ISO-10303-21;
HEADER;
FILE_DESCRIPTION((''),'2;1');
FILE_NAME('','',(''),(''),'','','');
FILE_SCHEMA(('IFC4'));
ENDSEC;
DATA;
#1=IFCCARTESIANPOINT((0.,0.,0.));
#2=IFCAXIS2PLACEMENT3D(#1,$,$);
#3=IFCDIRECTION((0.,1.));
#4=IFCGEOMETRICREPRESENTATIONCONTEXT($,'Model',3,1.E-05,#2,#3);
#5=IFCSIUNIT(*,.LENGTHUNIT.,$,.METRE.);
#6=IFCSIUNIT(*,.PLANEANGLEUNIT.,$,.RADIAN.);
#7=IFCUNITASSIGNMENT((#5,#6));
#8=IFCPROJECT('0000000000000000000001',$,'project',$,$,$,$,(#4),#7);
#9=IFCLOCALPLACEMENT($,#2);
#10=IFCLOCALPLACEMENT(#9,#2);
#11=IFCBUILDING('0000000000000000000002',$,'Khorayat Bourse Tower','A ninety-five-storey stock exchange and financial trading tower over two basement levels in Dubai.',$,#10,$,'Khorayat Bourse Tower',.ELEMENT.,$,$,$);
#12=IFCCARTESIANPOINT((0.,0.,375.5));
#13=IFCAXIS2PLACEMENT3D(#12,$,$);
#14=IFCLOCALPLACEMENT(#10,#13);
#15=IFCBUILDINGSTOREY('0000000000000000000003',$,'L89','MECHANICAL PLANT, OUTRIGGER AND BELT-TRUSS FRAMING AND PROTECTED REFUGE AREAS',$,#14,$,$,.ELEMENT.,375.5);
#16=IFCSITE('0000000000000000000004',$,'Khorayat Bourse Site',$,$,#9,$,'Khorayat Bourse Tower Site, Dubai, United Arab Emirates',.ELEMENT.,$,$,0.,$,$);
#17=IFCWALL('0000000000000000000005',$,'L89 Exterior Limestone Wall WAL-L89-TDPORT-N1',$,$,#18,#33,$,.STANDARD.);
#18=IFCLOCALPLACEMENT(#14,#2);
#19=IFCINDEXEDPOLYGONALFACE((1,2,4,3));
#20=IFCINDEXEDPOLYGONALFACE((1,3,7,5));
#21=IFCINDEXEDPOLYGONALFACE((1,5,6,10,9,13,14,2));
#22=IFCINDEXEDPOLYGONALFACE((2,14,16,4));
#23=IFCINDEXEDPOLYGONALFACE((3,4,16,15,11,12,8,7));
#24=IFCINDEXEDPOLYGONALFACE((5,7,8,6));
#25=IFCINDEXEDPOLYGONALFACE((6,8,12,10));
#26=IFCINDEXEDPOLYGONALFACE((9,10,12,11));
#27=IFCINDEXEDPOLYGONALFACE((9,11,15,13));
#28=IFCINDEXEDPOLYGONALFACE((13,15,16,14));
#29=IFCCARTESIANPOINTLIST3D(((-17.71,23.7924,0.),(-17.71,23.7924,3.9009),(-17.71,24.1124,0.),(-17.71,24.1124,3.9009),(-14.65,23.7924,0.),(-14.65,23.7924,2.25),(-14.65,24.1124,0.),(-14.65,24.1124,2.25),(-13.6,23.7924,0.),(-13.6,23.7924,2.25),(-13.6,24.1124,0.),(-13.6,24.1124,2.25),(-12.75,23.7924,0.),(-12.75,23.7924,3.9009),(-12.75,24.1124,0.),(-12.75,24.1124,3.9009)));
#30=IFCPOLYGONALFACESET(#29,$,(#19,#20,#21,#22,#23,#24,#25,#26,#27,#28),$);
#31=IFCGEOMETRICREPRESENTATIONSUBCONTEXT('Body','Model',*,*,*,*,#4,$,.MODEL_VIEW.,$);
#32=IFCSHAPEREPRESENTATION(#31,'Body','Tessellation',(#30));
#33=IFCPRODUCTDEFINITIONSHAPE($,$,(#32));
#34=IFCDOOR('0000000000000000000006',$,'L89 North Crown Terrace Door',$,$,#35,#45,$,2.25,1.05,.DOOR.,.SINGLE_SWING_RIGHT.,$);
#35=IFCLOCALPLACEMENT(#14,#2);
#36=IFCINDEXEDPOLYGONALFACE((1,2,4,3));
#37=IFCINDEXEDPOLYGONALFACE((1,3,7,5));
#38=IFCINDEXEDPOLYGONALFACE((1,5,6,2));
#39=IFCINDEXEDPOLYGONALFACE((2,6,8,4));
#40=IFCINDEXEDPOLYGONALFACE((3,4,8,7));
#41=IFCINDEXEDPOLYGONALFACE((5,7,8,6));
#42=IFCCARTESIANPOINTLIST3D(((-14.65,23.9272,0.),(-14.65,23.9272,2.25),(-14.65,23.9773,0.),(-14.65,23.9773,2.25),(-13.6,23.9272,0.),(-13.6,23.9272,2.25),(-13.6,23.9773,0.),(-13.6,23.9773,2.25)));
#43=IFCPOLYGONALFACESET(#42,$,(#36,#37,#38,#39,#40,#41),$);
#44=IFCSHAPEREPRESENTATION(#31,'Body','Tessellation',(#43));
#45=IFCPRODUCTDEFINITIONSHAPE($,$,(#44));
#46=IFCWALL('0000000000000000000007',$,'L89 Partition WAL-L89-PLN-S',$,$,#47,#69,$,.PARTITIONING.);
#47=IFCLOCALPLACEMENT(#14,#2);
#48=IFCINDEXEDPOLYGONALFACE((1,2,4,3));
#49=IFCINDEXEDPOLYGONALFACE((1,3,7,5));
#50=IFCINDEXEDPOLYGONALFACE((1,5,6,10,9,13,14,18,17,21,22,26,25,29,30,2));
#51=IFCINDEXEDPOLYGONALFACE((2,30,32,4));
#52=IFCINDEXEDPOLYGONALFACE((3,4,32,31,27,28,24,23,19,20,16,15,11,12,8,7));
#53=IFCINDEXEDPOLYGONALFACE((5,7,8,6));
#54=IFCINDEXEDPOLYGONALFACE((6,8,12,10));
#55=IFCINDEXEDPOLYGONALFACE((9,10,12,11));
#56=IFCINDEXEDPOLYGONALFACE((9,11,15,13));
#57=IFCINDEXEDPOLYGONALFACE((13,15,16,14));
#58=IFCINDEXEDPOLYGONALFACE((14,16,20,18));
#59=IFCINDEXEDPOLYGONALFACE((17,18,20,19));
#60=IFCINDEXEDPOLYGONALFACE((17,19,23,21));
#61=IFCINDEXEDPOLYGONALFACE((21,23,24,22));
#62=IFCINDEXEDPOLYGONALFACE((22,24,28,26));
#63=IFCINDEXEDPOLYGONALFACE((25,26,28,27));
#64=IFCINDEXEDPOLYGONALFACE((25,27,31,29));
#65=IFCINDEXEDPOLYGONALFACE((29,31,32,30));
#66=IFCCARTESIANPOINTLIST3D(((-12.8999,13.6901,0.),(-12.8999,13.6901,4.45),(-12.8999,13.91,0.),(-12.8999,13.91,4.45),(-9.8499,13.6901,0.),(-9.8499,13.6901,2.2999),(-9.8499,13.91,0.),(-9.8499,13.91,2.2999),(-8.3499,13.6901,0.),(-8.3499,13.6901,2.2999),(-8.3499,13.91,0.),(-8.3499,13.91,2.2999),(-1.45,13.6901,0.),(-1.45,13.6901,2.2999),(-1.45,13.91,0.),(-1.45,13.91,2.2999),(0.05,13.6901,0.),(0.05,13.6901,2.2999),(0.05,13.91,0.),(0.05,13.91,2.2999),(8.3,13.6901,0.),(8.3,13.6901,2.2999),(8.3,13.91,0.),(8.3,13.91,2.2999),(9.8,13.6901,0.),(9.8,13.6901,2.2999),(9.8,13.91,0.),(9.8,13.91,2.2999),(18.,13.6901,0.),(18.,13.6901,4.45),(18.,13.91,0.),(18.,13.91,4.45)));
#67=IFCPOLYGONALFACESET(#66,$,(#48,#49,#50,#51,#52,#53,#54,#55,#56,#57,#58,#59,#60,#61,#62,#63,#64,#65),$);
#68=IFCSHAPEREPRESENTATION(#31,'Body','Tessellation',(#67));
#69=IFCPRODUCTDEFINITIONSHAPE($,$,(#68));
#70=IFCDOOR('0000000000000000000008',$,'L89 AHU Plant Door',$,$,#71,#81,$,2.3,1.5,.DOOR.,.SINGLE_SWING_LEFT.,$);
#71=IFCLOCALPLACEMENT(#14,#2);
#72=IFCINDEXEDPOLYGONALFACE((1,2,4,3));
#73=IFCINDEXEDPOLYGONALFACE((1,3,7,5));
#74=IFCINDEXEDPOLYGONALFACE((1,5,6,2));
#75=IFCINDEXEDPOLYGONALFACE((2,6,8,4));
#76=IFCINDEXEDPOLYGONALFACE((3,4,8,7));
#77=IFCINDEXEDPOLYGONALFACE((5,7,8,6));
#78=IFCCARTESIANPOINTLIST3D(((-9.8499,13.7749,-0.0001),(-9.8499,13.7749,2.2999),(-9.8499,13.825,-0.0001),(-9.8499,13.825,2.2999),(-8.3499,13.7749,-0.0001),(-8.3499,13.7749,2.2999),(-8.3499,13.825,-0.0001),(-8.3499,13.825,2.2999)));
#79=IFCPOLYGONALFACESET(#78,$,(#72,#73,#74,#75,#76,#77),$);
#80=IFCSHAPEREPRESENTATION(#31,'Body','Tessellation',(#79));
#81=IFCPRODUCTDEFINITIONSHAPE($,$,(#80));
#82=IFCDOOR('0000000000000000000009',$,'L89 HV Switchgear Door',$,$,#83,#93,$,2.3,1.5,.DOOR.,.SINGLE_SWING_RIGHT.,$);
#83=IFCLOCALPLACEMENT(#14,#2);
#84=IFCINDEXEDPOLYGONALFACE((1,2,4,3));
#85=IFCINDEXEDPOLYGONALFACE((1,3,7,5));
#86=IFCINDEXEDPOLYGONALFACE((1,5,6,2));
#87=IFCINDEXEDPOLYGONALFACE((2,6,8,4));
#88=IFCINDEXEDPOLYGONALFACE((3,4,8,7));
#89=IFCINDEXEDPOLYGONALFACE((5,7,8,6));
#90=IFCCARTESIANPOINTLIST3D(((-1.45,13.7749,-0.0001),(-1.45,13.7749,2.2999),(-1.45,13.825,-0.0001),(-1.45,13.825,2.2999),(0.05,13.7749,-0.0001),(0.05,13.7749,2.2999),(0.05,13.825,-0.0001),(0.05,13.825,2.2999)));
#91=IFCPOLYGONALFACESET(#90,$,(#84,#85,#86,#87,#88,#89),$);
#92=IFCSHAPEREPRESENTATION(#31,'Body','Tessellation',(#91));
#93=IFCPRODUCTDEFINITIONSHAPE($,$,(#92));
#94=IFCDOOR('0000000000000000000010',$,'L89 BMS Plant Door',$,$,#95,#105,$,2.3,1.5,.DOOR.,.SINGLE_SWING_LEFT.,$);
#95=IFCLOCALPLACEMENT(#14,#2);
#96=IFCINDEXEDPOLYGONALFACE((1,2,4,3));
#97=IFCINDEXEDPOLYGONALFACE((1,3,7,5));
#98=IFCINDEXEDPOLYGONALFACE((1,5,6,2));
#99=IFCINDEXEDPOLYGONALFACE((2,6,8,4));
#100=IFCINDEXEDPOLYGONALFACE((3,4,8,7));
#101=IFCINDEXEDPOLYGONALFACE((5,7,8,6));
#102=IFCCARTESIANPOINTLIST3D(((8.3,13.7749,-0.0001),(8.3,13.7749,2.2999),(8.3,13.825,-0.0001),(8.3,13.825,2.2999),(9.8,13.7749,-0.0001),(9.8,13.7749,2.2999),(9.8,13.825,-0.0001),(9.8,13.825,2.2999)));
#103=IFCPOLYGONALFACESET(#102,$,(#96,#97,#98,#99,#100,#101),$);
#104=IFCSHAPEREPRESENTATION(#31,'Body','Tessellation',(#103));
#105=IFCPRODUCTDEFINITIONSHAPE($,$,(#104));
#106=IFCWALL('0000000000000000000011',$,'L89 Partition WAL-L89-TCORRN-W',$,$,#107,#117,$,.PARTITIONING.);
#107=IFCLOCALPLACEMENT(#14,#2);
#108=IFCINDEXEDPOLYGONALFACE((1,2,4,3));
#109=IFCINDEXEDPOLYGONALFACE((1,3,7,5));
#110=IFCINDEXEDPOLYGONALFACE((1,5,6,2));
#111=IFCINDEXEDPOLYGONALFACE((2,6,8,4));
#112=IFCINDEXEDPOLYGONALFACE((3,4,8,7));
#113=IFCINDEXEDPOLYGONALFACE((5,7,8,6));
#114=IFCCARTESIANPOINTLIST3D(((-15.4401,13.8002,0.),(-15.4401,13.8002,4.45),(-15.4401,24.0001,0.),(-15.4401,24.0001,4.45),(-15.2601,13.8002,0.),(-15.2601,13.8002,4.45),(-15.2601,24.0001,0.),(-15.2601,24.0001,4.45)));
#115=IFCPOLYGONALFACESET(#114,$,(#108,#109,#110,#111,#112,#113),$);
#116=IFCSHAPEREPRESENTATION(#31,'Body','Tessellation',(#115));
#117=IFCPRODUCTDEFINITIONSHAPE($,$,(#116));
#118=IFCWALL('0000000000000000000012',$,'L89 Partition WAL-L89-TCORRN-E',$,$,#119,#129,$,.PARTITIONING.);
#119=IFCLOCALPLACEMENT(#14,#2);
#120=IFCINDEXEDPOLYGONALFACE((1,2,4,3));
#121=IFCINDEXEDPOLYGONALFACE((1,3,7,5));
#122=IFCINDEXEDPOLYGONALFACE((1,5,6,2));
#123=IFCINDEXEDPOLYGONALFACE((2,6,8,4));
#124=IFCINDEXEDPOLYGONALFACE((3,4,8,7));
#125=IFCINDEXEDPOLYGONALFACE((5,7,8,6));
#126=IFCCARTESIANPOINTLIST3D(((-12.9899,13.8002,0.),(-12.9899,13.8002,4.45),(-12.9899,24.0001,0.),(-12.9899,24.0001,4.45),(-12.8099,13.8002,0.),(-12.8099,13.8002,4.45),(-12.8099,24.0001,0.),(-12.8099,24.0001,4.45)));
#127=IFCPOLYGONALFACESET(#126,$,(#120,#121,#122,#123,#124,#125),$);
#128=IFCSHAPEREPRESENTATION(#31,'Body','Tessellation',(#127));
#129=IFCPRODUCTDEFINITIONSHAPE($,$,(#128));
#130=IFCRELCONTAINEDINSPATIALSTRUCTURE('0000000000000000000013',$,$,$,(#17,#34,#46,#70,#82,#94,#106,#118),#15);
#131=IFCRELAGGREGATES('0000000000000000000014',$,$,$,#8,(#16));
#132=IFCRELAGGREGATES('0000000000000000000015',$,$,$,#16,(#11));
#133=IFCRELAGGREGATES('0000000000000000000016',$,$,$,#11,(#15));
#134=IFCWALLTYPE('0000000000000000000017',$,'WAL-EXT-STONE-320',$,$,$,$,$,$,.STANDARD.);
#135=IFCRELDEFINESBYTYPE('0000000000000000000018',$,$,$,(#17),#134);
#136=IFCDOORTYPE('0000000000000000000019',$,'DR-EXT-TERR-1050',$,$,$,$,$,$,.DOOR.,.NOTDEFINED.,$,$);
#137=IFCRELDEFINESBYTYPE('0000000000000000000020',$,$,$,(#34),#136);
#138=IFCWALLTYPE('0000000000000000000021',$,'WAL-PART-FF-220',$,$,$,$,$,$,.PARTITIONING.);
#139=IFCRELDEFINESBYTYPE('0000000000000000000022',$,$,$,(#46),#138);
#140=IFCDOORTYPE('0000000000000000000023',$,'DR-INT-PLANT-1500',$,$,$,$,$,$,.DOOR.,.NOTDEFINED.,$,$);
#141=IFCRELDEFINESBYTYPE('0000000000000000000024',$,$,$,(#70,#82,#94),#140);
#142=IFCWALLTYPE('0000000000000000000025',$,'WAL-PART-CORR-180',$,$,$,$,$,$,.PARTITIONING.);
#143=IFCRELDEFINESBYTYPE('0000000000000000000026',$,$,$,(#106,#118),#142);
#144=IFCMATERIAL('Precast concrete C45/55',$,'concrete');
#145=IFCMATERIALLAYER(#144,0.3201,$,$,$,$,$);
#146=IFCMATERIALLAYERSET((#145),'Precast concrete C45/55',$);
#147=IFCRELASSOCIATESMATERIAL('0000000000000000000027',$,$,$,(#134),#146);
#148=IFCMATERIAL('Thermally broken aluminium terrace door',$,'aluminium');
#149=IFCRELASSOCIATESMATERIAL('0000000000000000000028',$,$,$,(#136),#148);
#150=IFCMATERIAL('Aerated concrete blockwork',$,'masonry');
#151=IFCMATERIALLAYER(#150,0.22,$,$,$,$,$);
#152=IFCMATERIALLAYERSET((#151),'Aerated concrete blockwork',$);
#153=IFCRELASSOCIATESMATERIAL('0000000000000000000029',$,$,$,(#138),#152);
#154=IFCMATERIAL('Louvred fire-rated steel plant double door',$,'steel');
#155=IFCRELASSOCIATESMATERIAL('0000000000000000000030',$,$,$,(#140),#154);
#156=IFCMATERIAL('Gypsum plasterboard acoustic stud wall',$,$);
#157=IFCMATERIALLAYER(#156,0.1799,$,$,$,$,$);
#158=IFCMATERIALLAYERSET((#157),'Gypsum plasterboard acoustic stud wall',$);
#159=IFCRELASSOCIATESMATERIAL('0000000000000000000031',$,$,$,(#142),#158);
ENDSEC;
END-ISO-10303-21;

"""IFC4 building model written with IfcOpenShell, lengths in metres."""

from ifc_helpers import new_model, si_unit, direction, frame, frame_2d, origin, place, context, subcontext, project, spatial, rectangle, extrude, source, transform, mapped, material, layer, layer_set, type_object, element, fill, save


model = new_model("IFC4")

# Units and contexts
model_context = context("Model", 3, precision=1e-05, world=origin(), true_north=direction((0.0, 1.0)))
body_context = subcontext(model_context, "Body", "Model", "MODEL_VIEW")
ifc_project = project(units=[si_unit("LENGTHUNIT", "METRE"), si_unit("PLANEANGLEUNIT", "RADIAN")], contexts=[model_context])

# Site, building, storey
site_placement = place(None, origin())
site = spatial("IfcSite", under=ifc_project, at=site_placement, Name="Khorayat Bourse Site", LongName="Khorayat Bourse Tower Site, Dubai, United Arab Emirates", CompositionType="ELEMENT", RefElevation=0.0)
building_placement = place(site_placement, origin())
building = spatial("IfcBuilding", under=site, at=building_placement, Name="Khorayat Bourse Tower", Description="A ninety-five-storey stock exchange and financial trading tower over two basement levels in Dubai.", LongName="Khorayat Bourse Tower", CompositionType="ELEMENT")
storey_placement = place(building_placement, frame((0.0, 0.0, 375.5)))
storey = spatial("IfcBuildingStorey", under=building, at=storey_placement, Name="L89", Description="MECHANICAL PLANT, OUTRIGGER AND BELT-TRUSS FRAMING AND PROTECTED REFUGE AREAS", CompositionType="ELEMENT", Elevation=375.5)

# Shared definitions
ifc_material_1 = material(Name="Precast concrete C45/55", Category="concrete")
ifc_layer_1 = layer(ifc_material_1, 0.3201)
ifc_layer_set_1 = layer_set([ifc_layer_1], Name="Precast concrete C45/55")
wall_type_1 = type_object("IfcWallType", Name="WAL-EXT-STONE-320", PredefinedType="STANDARD", material=ifc_layer_set_1)

# Wall, opening, door
shared_shape_1 = source(origin(), body_context, "Body", "SweptSolid", [
    extrude(rectangle(XDim=4.96, YDim=0.3201, at=frame_2d((2.48, 0.0))), origin(), (0.0, 0.0, 1.0), 3.9009),
])
wall_1_placement = place(storey_placement, frame((-17.71, 23.9524, 0.0), z_axis=(0.0, 0.0, 1.0), x_axis=(1.0, 0.0, 0.0)))
wall_1 = element("IfcWall", 1, at=wall_1_placement, inside=storey, type_object=wall_type_1, Name="L89 Exterior Limestone Wall WAL-L89-TDPORT-N1", PredefinedType="STANDARD", context=body_context, shape_type="MappedRepresentation", body=[
    mapped(shared_shape_1, transform((0.0, 0.0, 0.0), scale=1.0)),
])
shared_shape_2 = source(origin(), body_context, "Body", "SweptSolid", [
    extrude(rectangle(XDim=1.05, YDim=2.25, at=frame_2d((0.5249, 1.125))), frame((0.0, 0.1699, 0.0), z_axis=(0.0, -1.0, 0.0), x_axis=(1.0, 0.0, 0.0)), (0.0, 0.0, 1.0), 0.3401),
])
opening_1_placement = place(wall_1_placement, frame((3.0601, 0.0, 0.0)))
opening_1 = element("IfcOpeningElement", 2, at=opening_1_placement, cuts=wall_1, PredefinedType="OPENING", context=body_context, shape_type="MappedRepresentation", body=[
    mapped(shared_shape_2, transform((0.0, 0.0, 0.0), scale=1.0)),
])
ifc_material_2 = material(Name="Thermally broken aluminium terrace door", Category="aluminium")
door_type_1 = type_object("IfcDoorType", Name="DR-EXT-TERR-1050", OperationType="NOTDEFINED", PredefinedType="DOOR", material=ifc_material_2)
shared_shape_3 = source(origin(), body_context, "Body", "SweptSolid", [
    extrude(rectangle(XDim=1.05, YDim=2.25, at=frame_2d((0.5249, 1.125))), frame((0.0, 0.0249, 0.0), z_axis=(0.0, -1.0, 0.0), x_axis=(1.0, 0.0, 0.0)), (0.0, 0.0, 1.0), 0.05),
])
door_1_placement = place(opening_1_placement, origin())
door_1 = element("IfcDoor", 3, at=door_1_placement, inside=storey, type_object=door_type_1, Name="L89 North Crown Terrace Door", OperationType="SINGLE_SWING_RIGHT", OverallHeight=2.25, OverallWidth=1.05, PredefinedType="DOOR", context=body_context, shape_type="MappedRepresentation", body=[
    mapped(shared_shape_3, transform((0.0, 0.0, 0.0), scale=1.0)),
])
fill(opening_1, door_1)

# Wall, openings, doors
ifc_material_3 = material(Name="Aerated concrete blockwork", Category="masonry")
ifc_layer_2 = layer(ifc_material_3, 0.22)
ifc_layer_set_2 = layer_set([ifc_layer_2], Name="Aerated concrete blockwork")
wall_type_2 = type_object("IfcWallType", Name="WAL-PART-FF-220", PredefinedType="PARTITIONING", material=ifc_layer_set_2)
shared_shape_4 = source(origin(), body_context, "Body", "SweptSolid", [
    extrude(rectangle(XDim=30.8999, YDim=0.22, at=frame_2d((15.45, 0.0))), origin(), (0.0, 0.0, 1.0), 4.45),
])
wall_2_placement = place(storey_placement, frame((-12.8999, 13.8, 0.0), z_axis=(0.0, 0.0, 1.0), x_axis=(1.0, 0.0, 0.0)))
wall_2 = element("IfcWall", 4, at=wall_2_placement, inside=storey, type_object=wall_type_2, Name="L89 Partition WAL-L89-PLN-S", PredefinedType="PARTITIONING", context=body_context, shape_type="MappedRepresentation", body=[
    mapped(shared_shape_4, transform((0.0, 0.0, 0.0), scale=1.0)),
])
shared_shape_5 = source(origin(), body_context, "Body", "SweptSolid", [
    extrude(rectangle(XDim=1.5, YDim=2.3, at=frame_2d((0.75, 1.1499))), frame((0.0, 0.1199, 0.0), z_axis=(0.0, -1.0, 0.0), x_axis=(1.0, 0.0, 0.0)), (0.0, 0.0, 1.0), 0.24),
])
opening_2_placement = place(wall_2_placement, frame((3.05, 0.0, 0.0)))
opening_2 = element("IfcOpeningElement", 5, at=opening_2_placement, cuts=wall_2, PredefinedType="OPENING", context=body_context, shape_type="MappedRepresentation", body=[
    mapped(shared_shape_5, transform((0.0, 0.0, 0.0), scale=1.0)),
])
opening_3_placement = place(wall_2_placement, frame((11.45, 0.0, 0.0)))
opening_3 = element("IfcOpeningElement", 6, at=opening_3_placement, cuts=wall_2, PredefinedType="OPENING", context=body_context, shape_type="MappedRepresentation", body=[
    mapped(shared_shape_5, transform((0.0, 0.0, 0.0), scale=1.0)),
])
opening_4_placement = place(wall_2_placement, frame((21.2, 0.0, 0.0)))
opening_4 = element("IfcOpeningElement", 7, at=opening_4_placement, cuts=wall_2, PredefinedType="OPENING", context=body_context, shape_type="MappedRepresentation", body=[
    mapped(shared_shape_5, transform((0.0, 0.0, 0.0), scale=1.0)),
])
ifc_material_4 = material(Name="Louvred fire-rated steel plant double door", Category="steel")
door_type_2 = type_object("IfcDoorType", Name="DR-INT-PLANT-1500", OperationType="NOTDEFINED", PredefinedType="DOOR", material=ifc_material_4)
shared_shape_6 = source(origin(), body_context, "Body", "SweptSolid", [
    extrude(rectangle(XDim=1.5, YDim=2.3, at=frame_2d((0.75, 1.1499))), frame((0.0, 0.0249, 0.0), z_axis=(0.0, -1.0, 0.0), x_axis=(1.0, 0.0, 0.0)), (0.0, 0.0, 1.0), 0.05),
])
door_2_placement = place(opening_2_placement, origin())
door_2 = element("IfcDoor", 8, at=door_2_placement, inside=storey, type_object=door_type_2, Name="L89 AHU Plant Door", OperationType="SINGLE_SWING_LEFT", OverallHeight=2.3, OverallWidth=1.5, PredefinedType="DOOR", context=body_context, shape_type="MappedRepresentation", body=[
    mapped(shared_shape_6, transform((0.0, 0.0, 0.0), scale=1.0)),
])
fill(opening_2, door_2)
door_3_placement = place(opening_3_placement, origin())
door_3 = element("IfcDoor", 9, at=door_3_placement, inside=storey, type_object=door_type_2, Name="L89 HV Switchgear Door", OperationType="SINGLE_SWING_RIGHT", OverallHeight=2.3, OverallWidth=1.5, PredefinedType="DOOR", context=body_context, shape_type="MappedRepresentation", body=[
    mapped(shared_shape_6, transform((0.0, 0.0, 0.0), scale=1.0)),
])
fill(opening_3, door_3)
door_4_placement = place(opening_4_placement, origin())
door_4 = element("IfcDoor", 10, at=door_4_placement, inside=storey, type_object=door_type_2, Name="L89 BMS Plant Door", OperationType="SINGLE_SWING_LEFT", OverallHeight=2.3, OverallWidth=1.5, PredefinedType="DOOR", context=body_context, shape_type="MappedRepresentation", body=[
    mapped(shared_shape_6, transform((0.0, 0.0, 0.0), scale=1.0)),
])
fill(opening_4, door_4)

# Walls
ifc_material_5 = material(Name="Gypsum plasterboard acoustic stud wall")
ifc_layer_3 = layer(ifc_material_5, 0.1799)
ifc_layer_set_3 = layer_set([ifc_layer_3], Name="Gypsum plasterboard acoustic stud wall")
wall_type_3 = type_object("IfcWallType", Name="WAL-PART-CORR-180", PredefinedType="PARTITIONING", material=ifc_layer_set_3)
shared_shape_7 = source(origin(), body_context, "Body", "SweptSolid", [
    extrude(rectangle(XDim=10.2, YDim=0.1799, at=frame_2d((5.1001, 0.0))), origin(), (0.0, 0.0, 1.0), 4.45),
])
for number, where, z_axis, x_axis, name in (
    (11, (-15.3501, 13.8, 0.0), (0.0, 0.0, 1.0), (0.0, 1.0, 0.0), "L89 Partition WAL-L89-TCORRN-W"),
    (12, (-12.8999, 13.8, 0.0), (0.0, 0.0, 1.0), (0.0, 1.0, 0.0), "L89 Partition WAL-L89-TCORRN-E"),
):
    element("IfcWall", number, at=place(storey_placement, frame(where, z_axis=z_axis, x_axis=x_axis)), inside=storey, type_object=wall_type_3, Name=name, PredefinedType="PARTITIONING", context=body_context, shape_type="MappedRepresentation", body=[
        mapped(shared_shape_7, transform((0.0, 0.0, 0.0), scale=1.0)),
    ])

save(model, "model.ifc")
